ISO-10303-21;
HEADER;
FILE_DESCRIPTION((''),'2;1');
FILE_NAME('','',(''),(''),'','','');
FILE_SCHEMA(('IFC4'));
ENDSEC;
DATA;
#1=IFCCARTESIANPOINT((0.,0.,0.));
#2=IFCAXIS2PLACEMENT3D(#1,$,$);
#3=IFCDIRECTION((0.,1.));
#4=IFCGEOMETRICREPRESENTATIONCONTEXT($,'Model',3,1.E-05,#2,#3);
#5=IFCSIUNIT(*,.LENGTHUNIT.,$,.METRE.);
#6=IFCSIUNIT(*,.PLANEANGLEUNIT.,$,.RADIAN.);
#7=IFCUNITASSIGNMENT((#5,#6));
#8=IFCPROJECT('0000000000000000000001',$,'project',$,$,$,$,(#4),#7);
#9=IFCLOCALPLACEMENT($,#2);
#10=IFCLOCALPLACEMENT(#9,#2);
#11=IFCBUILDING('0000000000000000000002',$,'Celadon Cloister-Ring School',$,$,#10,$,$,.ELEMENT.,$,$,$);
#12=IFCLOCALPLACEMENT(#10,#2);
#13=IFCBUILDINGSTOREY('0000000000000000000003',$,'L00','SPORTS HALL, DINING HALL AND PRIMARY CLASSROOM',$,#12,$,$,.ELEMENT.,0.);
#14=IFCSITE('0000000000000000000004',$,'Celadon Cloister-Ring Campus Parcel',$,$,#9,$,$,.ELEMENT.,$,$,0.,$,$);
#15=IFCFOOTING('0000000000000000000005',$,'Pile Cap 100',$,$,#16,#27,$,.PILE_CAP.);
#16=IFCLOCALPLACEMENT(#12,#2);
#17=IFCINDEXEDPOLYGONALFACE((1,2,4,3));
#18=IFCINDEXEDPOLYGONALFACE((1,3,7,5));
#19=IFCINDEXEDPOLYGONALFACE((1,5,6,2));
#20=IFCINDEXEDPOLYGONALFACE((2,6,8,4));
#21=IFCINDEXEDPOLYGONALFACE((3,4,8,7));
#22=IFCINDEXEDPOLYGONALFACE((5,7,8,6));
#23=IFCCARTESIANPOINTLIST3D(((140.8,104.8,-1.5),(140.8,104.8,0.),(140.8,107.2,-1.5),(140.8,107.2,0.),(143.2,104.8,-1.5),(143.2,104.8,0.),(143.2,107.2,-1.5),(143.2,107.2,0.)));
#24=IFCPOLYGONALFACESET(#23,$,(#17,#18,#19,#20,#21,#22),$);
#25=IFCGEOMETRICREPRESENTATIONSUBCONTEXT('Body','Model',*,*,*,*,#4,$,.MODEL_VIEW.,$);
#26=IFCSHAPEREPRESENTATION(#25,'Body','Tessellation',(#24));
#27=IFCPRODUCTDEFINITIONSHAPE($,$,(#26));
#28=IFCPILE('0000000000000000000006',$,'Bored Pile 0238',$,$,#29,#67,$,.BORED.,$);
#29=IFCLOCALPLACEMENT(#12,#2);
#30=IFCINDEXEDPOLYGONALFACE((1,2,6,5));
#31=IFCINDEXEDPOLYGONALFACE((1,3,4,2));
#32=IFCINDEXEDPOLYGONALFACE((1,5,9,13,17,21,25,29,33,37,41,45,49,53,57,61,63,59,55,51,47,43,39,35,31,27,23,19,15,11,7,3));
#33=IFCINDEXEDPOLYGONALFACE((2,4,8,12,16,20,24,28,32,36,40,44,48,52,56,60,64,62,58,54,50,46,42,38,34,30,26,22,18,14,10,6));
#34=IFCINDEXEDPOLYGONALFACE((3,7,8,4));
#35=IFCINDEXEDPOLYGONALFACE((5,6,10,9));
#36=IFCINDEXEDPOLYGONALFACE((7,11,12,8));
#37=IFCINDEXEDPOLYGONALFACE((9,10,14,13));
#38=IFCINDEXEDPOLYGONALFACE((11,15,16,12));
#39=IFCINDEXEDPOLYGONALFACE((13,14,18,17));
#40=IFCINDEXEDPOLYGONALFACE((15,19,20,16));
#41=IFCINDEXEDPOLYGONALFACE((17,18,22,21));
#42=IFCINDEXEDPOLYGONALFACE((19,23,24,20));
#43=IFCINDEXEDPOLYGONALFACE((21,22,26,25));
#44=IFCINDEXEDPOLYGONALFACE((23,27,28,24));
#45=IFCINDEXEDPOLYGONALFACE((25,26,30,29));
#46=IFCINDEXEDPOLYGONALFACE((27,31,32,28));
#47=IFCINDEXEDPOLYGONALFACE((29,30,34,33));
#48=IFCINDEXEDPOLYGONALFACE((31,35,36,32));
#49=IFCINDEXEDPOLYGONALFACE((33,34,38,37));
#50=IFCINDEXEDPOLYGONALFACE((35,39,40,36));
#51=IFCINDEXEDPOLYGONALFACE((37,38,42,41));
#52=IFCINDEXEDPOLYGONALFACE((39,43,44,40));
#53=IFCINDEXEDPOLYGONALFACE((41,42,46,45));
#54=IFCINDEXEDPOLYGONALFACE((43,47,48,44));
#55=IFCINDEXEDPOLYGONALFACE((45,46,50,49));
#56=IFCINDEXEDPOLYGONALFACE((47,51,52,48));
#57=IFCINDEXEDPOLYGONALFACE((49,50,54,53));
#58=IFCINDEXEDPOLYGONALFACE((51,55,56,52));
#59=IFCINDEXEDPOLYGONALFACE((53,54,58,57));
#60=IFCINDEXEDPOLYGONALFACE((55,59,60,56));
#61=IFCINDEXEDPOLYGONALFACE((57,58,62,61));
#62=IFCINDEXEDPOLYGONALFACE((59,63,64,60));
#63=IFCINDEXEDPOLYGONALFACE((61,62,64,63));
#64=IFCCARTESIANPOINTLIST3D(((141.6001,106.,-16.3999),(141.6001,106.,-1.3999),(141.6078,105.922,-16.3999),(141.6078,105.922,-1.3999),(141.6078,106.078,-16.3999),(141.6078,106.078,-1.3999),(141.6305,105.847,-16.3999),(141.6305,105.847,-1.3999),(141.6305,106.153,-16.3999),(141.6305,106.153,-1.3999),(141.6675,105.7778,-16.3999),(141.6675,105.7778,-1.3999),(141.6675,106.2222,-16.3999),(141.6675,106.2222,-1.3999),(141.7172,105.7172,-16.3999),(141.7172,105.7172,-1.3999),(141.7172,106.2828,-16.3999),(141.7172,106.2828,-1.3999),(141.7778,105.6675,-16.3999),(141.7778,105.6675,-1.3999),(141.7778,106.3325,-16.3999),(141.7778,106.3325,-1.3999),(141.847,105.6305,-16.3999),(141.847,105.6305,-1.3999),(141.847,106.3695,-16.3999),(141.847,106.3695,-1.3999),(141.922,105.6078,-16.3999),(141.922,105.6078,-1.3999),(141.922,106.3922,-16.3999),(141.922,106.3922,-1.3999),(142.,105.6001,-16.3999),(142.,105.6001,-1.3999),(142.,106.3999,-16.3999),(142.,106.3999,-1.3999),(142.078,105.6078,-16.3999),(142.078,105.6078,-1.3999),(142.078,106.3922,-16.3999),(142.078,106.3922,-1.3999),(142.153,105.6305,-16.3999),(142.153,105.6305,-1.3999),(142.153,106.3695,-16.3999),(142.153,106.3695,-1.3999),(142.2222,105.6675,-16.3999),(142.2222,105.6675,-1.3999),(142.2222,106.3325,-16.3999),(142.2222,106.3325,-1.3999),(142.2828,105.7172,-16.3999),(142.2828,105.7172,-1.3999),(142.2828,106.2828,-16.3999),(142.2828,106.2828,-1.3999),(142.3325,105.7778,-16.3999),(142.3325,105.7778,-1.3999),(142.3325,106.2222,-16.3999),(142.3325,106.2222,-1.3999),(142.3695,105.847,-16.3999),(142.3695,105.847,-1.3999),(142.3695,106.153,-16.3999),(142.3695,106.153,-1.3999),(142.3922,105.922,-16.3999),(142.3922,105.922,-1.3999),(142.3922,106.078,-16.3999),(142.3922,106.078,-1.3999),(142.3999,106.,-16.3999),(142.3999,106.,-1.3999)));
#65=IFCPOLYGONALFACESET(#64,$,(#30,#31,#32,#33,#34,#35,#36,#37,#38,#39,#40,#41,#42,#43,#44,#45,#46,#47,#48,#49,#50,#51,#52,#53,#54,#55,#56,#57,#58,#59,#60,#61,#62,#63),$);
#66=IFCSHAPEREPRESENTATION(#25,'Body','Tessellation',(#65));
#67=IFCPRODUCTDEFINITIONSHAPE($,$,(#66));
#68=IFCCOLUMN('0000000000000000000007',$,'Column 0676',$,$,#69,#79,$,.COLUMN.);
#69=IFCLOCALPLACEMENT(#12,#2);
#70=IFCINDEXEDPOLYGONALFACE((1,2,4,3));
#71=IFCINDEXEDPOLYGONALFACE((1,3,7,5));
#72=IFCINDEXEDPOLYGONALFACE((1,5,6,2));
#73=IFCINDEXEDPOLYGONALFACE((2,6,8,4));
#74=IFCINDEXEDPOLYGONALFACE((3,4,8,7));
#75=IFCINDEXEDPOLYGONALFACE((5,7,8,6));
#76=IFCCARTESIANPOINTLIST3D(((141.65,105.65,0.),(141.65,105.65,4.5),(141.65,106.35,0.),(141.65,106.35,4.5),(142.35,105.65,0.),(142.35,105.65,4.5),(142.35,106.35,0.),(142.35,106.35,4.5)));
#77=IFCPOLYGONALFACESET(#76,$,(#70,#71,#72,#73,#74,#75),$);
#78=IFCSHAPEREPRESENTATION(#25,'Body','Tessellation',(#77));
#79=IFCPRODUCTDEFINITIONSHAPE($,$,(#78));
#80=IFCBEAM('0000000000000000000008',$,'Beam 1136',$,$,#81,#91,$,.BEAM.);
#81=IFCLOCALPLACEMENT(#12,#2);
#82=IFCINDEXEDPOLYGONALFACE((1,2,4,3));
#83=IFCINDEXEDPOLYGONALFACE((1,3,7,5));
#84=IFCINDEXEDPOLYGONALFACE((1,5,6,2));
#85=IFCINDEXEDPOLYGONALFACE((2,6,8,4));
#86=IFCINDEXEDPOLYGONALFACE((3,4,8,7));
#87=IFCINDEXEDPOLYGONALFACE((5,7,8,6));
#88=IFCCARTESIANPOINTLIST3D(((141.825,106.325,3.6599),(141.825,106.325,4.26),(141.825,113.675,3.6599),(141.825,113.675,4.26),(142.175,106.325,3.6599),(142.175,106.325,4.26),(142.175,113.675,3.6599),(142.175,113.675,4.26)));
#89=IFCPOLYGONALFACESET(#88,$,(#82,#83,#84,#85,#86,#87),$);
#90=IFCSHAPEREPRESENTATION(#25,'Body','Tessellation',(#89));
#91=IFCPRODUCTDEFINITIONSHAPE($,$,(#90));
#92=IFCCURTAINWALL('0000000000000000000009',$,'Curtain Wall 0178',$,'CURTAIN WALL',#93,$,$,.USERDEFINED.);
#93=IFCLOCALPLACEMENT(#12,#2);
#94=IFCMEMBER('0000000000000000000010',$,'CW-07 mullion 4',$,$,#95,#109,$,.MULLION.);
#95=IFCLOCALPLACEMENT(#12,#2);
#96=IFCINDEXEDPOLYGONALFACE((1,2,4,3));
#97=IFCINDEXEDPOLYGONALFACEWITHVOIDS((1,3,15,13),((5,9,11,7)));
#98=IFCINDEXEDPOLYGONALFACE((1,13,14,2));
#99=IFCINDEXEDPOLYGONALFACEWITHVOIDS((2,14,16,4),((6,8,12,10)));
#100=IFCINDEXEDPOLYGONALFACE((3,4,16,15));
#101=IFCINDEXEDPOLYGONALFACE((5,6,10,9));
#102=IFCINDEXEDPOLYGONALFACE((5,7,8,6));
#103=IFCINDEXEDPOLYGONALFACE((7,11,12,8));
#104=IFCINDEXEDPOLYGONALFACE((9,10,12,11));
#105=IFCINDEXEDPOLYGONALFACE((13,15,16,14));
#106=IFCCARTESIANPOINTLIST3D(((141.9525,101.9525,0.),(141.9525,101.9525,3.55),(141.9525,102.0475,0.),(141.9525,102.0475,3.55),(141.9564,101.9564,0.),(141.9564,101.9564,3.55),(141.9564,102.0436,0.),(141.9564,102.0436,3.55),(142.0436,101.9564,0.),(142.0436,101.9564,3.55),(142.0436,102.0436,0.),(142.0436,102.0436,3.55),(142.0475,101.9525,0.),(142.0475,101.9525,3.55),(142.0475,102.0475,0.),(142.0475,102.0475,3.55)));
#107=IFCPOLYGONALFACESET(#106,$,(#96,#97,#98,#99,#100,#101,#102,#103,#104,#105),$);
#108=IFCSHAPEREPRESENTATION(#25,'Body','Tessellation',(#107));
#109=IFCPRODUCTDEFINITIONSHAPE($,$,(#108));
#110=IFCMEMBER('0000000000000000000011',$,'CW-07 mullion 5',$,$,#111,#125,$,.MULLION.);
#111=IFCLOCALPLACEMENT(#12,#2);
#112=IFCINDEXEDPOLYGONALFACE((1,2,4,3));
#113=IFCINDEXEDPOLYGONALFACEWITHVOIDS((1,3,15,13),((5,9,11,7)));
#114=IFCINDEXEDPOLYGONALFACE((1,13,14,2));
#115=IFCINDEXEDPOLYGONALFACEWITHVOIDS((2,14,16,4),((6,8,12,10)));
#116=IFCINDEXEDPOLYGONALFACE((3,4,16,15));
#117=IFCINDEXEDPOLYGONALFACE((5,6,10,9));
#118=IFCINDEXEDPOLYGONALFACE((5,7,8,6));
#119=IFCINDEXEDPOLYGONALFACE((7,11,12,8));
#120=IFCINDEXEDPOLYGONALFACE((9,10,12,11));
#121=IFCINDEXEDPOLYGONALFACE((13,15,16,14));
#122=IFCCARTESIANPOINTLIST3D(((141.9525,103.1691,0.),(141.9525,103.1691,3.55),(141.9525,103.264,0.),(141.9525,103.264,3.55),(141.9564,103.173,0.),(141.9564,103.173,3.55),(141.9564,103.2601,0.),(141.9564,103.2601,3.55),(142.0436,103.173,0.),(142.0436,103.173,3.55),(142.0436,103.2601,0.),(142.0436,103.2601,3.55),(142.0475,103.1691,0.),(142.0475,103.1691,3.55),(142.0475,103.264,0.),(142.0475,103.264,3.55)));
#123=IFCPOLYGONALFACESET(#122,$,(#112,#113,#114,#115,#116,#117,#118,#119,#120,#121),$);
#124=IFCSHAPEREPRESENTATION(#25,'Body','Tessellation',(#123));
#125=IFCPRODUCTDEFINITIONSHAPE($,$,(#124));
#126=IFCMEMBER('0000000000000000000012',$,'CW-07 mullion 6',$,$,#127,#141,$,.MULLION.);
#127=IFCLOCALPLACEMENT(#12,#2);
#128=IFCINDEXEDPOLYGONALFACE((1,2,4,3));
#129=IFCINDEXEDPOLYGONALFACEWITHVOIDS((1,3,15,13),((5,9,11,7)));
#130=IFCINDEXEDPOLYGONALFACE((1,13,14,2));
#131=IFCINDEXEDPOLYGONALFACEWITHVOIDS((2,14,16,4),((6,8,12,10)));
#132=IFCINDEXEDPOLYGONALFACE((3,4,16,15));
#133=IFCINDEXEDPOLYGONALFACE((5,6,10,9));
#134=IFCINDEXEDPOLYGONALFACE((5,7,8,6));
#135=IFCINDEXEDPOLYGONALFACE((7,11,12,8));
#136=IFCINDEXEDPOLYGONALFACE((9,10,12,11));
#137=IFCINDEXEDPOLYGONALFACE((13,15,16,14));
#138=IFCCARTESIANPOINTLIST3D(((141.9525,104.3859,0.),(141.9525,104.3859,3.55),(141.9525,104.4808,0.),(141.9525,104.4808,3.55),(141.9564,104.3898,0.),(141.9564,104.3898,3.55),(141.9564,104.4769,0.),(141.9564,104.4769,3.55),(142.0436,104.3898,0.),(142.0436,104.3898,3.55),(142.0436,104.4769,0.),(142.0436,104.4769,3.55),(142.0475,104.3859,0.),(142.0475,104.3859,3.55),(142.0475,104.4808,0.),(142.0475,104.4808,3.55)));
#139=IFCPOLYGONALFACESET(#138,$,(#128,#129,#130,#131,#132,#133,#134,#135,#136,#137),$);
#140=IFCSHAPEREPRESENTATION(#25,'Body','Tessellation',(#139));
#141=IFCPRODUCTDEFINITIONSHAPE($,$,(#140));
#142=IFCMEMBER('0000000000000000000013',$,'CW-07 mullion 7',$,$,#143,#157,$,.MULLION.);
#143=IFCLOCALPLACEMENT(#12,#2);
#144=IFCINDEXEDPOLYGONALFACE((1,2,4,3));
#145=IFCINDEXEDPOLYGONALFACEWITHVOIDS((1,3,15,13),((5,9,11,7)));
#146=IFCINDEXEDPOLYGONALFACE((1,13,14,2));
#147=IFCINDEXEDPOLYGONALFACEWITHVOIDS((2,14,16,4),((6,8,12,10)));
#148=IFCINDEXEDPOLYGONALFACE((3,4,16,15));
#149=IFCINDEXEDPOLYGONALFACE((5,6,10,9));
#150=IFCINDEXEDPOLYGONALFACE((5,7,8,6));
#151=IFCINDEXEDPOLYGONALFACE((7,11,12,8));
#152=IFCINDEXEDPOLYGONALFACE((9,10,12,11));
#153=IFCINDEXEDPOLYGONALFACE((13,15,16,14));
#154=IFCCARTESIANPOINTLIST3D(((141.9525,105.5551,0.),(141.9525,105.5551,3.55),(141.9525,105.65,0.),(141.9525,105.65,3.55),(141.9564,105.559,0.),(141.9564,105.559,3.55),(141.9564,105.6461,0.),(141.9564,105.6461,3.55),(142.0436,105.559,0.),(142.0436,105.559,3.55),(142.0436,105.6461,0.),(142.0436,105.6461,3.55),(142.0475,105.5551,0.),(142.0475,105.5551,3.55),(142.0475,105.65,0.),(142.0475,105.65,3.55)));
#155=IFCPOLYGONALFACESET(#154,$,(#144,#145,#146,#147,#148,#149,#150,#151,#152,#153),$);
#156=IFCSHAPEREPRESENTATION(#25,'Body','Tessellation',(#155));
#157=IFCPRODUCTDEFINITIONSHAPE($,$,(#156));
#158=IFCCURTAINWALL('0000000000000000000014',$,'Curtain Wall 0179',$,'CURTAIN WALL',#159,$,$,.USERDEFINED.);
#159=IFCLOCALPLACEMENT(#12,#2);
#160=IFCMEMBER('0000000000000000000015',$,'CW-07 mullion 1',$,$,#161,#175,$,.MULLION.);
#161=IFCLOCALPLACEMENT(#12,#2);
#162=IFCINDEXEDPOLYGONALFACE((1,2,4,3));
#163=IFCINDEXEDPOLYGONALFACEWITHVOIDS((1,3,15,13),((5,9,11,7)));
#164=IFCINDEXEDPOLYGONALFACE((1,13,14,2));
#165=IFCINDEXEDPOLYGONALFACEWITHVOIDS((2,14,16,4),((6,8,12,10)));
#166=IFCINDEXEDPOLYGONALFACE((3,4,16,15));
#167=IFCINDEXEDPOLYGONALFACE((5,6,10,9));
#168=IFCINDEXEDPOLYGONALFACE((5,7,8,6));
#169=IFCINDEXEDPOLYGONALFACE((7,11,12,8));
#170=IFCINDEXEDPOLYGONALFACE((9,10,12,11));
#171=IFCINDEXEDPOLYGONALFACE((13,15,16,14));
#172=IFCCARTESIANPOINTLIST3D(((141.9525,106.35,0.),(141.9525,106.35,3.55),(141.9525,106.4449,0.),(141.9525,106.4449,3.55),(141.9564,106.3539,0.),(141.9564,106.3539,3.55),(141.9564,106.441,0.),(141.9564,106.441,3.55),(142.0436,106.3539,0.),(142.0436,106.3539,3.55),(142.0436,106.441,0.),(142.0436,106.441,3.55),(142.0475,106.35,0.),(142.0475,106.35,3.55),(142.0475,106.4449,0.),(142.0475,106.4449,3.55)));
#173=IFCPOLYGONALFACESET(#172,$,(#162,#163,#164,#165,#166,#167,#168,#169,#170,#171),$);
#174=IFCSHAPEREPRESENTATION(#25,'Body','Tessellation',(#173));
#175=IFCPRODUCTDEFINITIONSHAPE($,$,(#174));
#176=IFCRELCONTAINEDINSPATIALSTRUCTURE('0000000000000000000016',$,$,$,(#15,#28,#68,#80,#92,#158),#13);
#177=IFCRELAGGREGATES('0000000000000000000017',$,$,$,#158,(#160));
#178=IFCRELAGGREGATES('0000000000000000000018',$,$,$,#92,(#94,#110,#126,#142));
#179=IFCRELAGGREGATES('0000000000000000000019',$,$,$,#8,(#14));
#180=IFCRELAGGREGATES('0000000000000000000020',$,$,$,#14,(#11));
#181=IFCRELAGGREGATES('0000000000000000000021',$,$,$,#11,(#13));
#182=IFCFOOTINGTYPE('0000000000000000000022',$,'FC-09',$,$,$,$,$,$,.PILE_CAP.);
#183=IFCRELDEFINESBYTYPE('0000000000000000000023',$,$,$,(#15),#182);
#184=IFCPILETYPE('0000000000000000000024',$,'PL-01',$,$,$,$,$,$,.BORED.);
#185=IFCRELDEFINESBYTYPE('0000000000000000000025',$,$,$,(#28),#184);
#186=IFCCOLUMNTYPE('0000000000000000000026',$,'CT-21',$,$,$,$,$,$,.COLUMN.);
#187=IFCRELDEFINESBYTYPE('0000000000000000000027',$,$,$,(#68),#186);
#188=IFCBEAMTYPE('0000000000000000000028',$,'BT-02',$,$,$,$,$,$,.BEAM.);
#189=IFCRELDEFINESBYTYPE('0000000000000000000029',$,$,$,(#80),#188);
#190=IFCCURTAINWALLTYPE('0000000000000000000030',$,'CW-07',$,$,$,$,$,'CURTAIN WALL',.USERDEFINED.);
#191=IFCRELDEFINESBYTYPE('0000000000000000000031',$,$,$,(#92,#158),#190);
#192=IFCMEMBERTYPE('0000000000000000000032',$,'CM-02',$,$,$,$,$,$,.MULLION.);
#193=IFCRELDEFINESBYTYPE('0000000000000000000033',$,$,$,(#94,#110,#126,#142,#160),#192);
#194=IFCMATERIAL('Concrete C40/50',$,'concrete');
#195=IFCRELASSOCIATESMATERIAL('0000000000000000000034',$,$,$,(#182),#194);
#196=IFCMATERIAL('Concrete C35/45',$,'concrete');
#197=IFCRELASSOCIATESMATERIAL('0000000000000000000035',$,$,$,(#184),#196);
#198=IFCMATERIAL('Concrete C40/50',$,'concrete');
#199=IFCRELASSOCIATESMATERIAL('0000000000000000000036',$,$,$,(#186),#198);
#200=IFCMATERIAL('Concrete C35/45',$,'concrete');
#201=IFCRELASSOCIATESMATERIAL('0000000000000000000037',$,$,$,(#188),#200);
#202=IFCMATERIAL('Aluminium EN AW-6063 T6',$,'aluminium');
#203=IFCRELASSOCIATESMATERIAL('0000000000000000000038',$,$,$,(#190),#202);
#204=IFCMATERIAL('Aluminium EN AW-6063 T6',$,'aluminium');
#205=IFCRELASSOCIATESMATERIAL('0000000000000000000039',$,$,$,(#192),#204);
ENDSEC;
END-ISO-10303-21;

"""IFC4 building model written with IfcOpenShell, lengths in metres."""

from ifc_helpers import new_model, si_unit, direction, frame, origin, origin_2d, place, context, subcontext, project, spatial, rectangle, hollow_rectangle, circle, extrude, material, material_profile, profile_set, type_object, element, aggregate, save


model = new_model("IFC4")

# Units and contexts
model_context = context("Model", 3, precision=1e-05, world=origin(), true_north=direction((0.0, 1.0)))
body_context = subcontext(model_context, "Body", "Model", "MODEL_VIEW")
ifc_project = project(units=[si_unit("LENGTHUNIT", "METRE"), si_unit("PLANEANGLEUNIT", "RADIAN")], contexts=[model_context])

# Site, building, storey
site_placement = place(None, origin())
site = spatial("IfcSite", under=ifc_project, at=site_placement, Name="Celadon Cloister-Ring Campus Parcel", CompositionType="ELEMENT", RefElevation=0.0)
building_placement = place(site_placement, origin())
building = spatial("IfcBuilding", under=site, at=building_placement, Name="Celadon Cloister-Ring School", CompositionType="ELEMENT")
storey_placement = place(building_placement, origin())
storey = spatial("IfcBuildingStorey", under=building, at=storey_placement, Name="L00", Description="SPORTS HALL, DINING HALL AND PRIMARY CLASSROOM", CompositionType="ELEMENT", Elevation=0.0)

# Footing
ifc_material_1 = material(Name="Concrete C40/50", Category="concrete")
footing_type = type_object("IfcFootingType", Name="FC-09", PredefinedType="PILE_CAP", material=ifc_material_1)
footing_placement = place(storey_placement, frame((142.0, 106.0, -1.5), z_axis=(0.0, 0.0, 1.0), x_axis=(1.0, 0.0, 0.0)))
element("IfcFooting", 1, at=footing_placement, inside=storey, type_object=footing_type, Name="Pile Cap 100", PredefinedType="PILE_CAP", context=body_context, shape_type="SweptSolid", body=[
    extrude(rectangle(XDim=2.3999, YDim=2.3999, at=origin_2d()), origin(), (0.0, 0.0, 1.0), 1.5),
])

# Pile
ifc_material_2 = material(Name="Concrete C35/45", Category="concrete")
ifc_material_profile_1 = material_profile(ifc_material_2, circle(Radius=0.3999, at=origin_2d()), Name="PILE800")
ifc_profile_set_1 = profile_set([ifc_material_profile_1], Name="Concrete C35/45")
pile_type = type_object("IfcPileType", Name="PL-01", PredefinedType="BORED", material=ifc_profile_set_1)
pile_placement = place(storey_placement, frame((142.0, 106.0, -1.3999), z_axis=(0.0, 0.0, -1.0), x_axis=(1.0, 0.0, 0.0)))
element("IfcPile", 2, at=pile_placement, inside=storey, type_object=pile_type, Name="Bored Pile 0238", PredefinedType="BORED", context=body_context, shape_type="SweptSolid", body=[
    extrude(circle(Radius=0.3999, at=origin_2d()), origin(), (0.0, 0.0, 1.0), 15.0),
])

# Column
ifc_material_3 = material(Name="Concrete C40/50", Category="concrete")
ifc_material_profile_2 = material_profile(ifc_material_3, rectangle(XDim=0.7, YDim=0.7, at=origin_2d()), Name="RC700X700")
ifc_profile_set_2 = profile_set([ifc_material_profile_2], Name="Concrete C40/50")
column_type = type_object("IfcColumnType", Name="CT-21", PredefinedType="COLUMN", material=ifc_profile_set_2)
column_placement = place(storey_placement, frame((142.0, 106.0, 0.0), z_axis=(0.0, 0.0, 1.0), x_axis=(1.0, 0.0, 0.0)))
element("IfcColumn", 3, at=column_placement, inside=storey, type_object=column_type, Name="Column 0676", PredefinedType="COLUMN", context=body_context, shape_type="SweptSolid", body=[
    extrude(rectangle(XDim=0.7, YDim=0.7, at=origin_2d()), origin(), (0.0, 0.0, 1.0), 4.5),
])

# Beam
ifc_material_4 = material(Name="Concrete C35/45", Category="concrete")
ifc_material_profile_3 = material_profile(ifc_material_4, rectangle(XDim=0.3501, YDim=0.6001, at=origin_2d()), Name="RC350X600")
ifc_profile_set_3 = profile_set([ifc_material_profile_3], Name="Concrete C35/45")
beam_type = type_object("IfcBeamType", Name="BT-02", PredefinedType="BEAM", material=ifc_profile_set_3)
beam_placement = place(storey_placement, frame((142.0, 106.325, 3.96), z_axis=(0.0, 1.0, 0.0), x_axis=(-1.0, 0.0, 0.0)))
element("IfcBeam", 4, at=beam_placement, inside=storey, type_object=beam_type, Name="Beam 1136", PredefinedType="BEAM", context=body_context, shape_type="SweptSolid", body=[
    extrude(rectangle(XDim=0.3501, YDim=0.6001, at=origin_2d()), origin(), (0.0, 0.0, 1.0), 7.3501),
])

# Curtain wall, members
ifc_material_5 = material(Name="Aluminium EN AW-6063 T6", Category="aluminium")
curtain_wall_type = type_object("IfcCurtainWallType", Name="CW-07", ElementType="CURTAIN WALL", PredefinedType="USERDEFINED", material=ifc_material_5)
curtain_wall_1_placement = place(storey_placement, origin())
curtain_wall_1 = element("IfcCurtainWall", 5, at=curtain_wall_1_placement, inside=storey, type_object=curtain_wall_type, Name="Curtain Wall 0178", ObjectType="CURTAIN WALL", PredefinedType="USERDEFINED")
ifc_material_6 = material(Name="Aluminium EN AW-6063 T6", Category="aluminium")
ifc_material_profile_4 = material_profile(ifc_material_6, hollow_rectangle(XDim=0.095, YDim=0.095, WallThickness=0.0039, at=origin_2d()), Name="RHS95X95X4")
ifc_profile_set_4 = profile_set([ifc_material_profile_4], Name="Aluminium EN AW-6063 T6")
member_type_1 = type_object("IfcMemberType", Name="CM-02", PredefinedType="MULLION", material=ifc_profile_set_4)
member_1_placement = place(storey_placement, frame((142.0, 102.0, 0.0), z_axis=(0.0, 0.0, 1.0), x_axis=(-1.0, 0.0, 0.0)))
member_1 = element("IfcMember", 6, at=member_1_placement, type_object=member_type_1, Name="CW-07 mullion 4", PredefinedType="MULLION", context=body_context, shape_type="SweptSolid", body=[
    extrude(hollow_rectangle(XDim=0.095, YDim=0.095, WallThickness=0.0039, at=origin_2d()), origin(), (0.0, 0.0, 1.0), 3.55),
])
member_2_placement = place(storey_placement, frame((142.0, 103.2166, 0.0), z_axis=(0.0, 0.0, 1.0), x_axis=(-1.0, 0.0, 0.0)))
member_2 = element("IfcMember", 7, at=member_2_placement, type_object=member_type_1, Name="CW-07 mullion 5", PredefinedType="MULLION", context=body_context, shape_type="SweptSolid", body=[
    extrude(hollow_rectangle(XDim=0.095, YDim=0.095, WallThickness=0.0039, at=origin_2d()), origin(), (0.0, 0.0, 1.0), 3.55),
])
member_3_placement = place(storey_placement, frame((142.0, 104.4333, 0.0), z_axis=(0.0, 0.0, 1.0), x_axis=(-1.0, 0.0, 0.0)))
member_3 = element("IfcMember", 8, at=member_3_placement, type_object=member_type_1, Name="CW-07 mullion 6", PredefinedType="MULLION", context=body_context, shape_type="SweptSolid", body=[
    extrude(hollow_rectangle(XDim=0.095, YDim=0.095, WallThickness=0.0039, at=origin_2d()), origin(), (0.0, 0.0, 1.0), 3.55),
])
member_4_placement = place(storey_placement, frame((142.0, 105.6025, 0.0), z_axis=(0.0, 0.0, 1.0), x_axis=(-1.0, 0.0, 0.0)))
member_4 = element("IfcMember", 9, at=member_4_placement, type_object=member_type_1, Name="CW-07 mullion 7", PredefinedType="MULLION", context=body_context, shape_type="SweptSolid", body=[
    extrude(hollow_rectangle(XDim=0.095, YDim=0.095, WallThickness=0.0039, at=origin_2d()), origin(), (0.0, 0.0, 1.0), 3.55),
])

# Curtain wall, member
curtain_wall_2_placement = place(storey_placement, origin())
curtain_wall_2 = element("IfcCurtainWall", 10, at=curtain_wall_2_placement, inside=storey, type_object=curtain_wall_type, Name="Curtain Wall 0179", ObjectType="CURTAIN WALL", PredefinedType="USERDEFINED")
member_5_placement = place(storey_placement, frame((142.0, 106.3975, 0.0), z_axis=(0.0, 0.0, 1.0), x_axis=(-1.0, 0.0, 0.0)))
member_5 = element("IfcMember", 11, at=member_5_placement, type_object=member_type_1, Name="CW-07 mullion 1", PredefinedType="MULLION", context=body_context, shape_type="SweptSolid", body=[
    extrude(hollow_rectangle(XDim=0.095, YDim=0.095, WallThickness=0.0039, at=origin_2d()), origin(), (0.0, 0.0, 1.0), 3.55),
])

aggregate(curtain_wall_2, [member_5])

aggregate(curtain_wall_1, [member_1, member_2, member_3, member_4])

save(model, "model.ifc")
